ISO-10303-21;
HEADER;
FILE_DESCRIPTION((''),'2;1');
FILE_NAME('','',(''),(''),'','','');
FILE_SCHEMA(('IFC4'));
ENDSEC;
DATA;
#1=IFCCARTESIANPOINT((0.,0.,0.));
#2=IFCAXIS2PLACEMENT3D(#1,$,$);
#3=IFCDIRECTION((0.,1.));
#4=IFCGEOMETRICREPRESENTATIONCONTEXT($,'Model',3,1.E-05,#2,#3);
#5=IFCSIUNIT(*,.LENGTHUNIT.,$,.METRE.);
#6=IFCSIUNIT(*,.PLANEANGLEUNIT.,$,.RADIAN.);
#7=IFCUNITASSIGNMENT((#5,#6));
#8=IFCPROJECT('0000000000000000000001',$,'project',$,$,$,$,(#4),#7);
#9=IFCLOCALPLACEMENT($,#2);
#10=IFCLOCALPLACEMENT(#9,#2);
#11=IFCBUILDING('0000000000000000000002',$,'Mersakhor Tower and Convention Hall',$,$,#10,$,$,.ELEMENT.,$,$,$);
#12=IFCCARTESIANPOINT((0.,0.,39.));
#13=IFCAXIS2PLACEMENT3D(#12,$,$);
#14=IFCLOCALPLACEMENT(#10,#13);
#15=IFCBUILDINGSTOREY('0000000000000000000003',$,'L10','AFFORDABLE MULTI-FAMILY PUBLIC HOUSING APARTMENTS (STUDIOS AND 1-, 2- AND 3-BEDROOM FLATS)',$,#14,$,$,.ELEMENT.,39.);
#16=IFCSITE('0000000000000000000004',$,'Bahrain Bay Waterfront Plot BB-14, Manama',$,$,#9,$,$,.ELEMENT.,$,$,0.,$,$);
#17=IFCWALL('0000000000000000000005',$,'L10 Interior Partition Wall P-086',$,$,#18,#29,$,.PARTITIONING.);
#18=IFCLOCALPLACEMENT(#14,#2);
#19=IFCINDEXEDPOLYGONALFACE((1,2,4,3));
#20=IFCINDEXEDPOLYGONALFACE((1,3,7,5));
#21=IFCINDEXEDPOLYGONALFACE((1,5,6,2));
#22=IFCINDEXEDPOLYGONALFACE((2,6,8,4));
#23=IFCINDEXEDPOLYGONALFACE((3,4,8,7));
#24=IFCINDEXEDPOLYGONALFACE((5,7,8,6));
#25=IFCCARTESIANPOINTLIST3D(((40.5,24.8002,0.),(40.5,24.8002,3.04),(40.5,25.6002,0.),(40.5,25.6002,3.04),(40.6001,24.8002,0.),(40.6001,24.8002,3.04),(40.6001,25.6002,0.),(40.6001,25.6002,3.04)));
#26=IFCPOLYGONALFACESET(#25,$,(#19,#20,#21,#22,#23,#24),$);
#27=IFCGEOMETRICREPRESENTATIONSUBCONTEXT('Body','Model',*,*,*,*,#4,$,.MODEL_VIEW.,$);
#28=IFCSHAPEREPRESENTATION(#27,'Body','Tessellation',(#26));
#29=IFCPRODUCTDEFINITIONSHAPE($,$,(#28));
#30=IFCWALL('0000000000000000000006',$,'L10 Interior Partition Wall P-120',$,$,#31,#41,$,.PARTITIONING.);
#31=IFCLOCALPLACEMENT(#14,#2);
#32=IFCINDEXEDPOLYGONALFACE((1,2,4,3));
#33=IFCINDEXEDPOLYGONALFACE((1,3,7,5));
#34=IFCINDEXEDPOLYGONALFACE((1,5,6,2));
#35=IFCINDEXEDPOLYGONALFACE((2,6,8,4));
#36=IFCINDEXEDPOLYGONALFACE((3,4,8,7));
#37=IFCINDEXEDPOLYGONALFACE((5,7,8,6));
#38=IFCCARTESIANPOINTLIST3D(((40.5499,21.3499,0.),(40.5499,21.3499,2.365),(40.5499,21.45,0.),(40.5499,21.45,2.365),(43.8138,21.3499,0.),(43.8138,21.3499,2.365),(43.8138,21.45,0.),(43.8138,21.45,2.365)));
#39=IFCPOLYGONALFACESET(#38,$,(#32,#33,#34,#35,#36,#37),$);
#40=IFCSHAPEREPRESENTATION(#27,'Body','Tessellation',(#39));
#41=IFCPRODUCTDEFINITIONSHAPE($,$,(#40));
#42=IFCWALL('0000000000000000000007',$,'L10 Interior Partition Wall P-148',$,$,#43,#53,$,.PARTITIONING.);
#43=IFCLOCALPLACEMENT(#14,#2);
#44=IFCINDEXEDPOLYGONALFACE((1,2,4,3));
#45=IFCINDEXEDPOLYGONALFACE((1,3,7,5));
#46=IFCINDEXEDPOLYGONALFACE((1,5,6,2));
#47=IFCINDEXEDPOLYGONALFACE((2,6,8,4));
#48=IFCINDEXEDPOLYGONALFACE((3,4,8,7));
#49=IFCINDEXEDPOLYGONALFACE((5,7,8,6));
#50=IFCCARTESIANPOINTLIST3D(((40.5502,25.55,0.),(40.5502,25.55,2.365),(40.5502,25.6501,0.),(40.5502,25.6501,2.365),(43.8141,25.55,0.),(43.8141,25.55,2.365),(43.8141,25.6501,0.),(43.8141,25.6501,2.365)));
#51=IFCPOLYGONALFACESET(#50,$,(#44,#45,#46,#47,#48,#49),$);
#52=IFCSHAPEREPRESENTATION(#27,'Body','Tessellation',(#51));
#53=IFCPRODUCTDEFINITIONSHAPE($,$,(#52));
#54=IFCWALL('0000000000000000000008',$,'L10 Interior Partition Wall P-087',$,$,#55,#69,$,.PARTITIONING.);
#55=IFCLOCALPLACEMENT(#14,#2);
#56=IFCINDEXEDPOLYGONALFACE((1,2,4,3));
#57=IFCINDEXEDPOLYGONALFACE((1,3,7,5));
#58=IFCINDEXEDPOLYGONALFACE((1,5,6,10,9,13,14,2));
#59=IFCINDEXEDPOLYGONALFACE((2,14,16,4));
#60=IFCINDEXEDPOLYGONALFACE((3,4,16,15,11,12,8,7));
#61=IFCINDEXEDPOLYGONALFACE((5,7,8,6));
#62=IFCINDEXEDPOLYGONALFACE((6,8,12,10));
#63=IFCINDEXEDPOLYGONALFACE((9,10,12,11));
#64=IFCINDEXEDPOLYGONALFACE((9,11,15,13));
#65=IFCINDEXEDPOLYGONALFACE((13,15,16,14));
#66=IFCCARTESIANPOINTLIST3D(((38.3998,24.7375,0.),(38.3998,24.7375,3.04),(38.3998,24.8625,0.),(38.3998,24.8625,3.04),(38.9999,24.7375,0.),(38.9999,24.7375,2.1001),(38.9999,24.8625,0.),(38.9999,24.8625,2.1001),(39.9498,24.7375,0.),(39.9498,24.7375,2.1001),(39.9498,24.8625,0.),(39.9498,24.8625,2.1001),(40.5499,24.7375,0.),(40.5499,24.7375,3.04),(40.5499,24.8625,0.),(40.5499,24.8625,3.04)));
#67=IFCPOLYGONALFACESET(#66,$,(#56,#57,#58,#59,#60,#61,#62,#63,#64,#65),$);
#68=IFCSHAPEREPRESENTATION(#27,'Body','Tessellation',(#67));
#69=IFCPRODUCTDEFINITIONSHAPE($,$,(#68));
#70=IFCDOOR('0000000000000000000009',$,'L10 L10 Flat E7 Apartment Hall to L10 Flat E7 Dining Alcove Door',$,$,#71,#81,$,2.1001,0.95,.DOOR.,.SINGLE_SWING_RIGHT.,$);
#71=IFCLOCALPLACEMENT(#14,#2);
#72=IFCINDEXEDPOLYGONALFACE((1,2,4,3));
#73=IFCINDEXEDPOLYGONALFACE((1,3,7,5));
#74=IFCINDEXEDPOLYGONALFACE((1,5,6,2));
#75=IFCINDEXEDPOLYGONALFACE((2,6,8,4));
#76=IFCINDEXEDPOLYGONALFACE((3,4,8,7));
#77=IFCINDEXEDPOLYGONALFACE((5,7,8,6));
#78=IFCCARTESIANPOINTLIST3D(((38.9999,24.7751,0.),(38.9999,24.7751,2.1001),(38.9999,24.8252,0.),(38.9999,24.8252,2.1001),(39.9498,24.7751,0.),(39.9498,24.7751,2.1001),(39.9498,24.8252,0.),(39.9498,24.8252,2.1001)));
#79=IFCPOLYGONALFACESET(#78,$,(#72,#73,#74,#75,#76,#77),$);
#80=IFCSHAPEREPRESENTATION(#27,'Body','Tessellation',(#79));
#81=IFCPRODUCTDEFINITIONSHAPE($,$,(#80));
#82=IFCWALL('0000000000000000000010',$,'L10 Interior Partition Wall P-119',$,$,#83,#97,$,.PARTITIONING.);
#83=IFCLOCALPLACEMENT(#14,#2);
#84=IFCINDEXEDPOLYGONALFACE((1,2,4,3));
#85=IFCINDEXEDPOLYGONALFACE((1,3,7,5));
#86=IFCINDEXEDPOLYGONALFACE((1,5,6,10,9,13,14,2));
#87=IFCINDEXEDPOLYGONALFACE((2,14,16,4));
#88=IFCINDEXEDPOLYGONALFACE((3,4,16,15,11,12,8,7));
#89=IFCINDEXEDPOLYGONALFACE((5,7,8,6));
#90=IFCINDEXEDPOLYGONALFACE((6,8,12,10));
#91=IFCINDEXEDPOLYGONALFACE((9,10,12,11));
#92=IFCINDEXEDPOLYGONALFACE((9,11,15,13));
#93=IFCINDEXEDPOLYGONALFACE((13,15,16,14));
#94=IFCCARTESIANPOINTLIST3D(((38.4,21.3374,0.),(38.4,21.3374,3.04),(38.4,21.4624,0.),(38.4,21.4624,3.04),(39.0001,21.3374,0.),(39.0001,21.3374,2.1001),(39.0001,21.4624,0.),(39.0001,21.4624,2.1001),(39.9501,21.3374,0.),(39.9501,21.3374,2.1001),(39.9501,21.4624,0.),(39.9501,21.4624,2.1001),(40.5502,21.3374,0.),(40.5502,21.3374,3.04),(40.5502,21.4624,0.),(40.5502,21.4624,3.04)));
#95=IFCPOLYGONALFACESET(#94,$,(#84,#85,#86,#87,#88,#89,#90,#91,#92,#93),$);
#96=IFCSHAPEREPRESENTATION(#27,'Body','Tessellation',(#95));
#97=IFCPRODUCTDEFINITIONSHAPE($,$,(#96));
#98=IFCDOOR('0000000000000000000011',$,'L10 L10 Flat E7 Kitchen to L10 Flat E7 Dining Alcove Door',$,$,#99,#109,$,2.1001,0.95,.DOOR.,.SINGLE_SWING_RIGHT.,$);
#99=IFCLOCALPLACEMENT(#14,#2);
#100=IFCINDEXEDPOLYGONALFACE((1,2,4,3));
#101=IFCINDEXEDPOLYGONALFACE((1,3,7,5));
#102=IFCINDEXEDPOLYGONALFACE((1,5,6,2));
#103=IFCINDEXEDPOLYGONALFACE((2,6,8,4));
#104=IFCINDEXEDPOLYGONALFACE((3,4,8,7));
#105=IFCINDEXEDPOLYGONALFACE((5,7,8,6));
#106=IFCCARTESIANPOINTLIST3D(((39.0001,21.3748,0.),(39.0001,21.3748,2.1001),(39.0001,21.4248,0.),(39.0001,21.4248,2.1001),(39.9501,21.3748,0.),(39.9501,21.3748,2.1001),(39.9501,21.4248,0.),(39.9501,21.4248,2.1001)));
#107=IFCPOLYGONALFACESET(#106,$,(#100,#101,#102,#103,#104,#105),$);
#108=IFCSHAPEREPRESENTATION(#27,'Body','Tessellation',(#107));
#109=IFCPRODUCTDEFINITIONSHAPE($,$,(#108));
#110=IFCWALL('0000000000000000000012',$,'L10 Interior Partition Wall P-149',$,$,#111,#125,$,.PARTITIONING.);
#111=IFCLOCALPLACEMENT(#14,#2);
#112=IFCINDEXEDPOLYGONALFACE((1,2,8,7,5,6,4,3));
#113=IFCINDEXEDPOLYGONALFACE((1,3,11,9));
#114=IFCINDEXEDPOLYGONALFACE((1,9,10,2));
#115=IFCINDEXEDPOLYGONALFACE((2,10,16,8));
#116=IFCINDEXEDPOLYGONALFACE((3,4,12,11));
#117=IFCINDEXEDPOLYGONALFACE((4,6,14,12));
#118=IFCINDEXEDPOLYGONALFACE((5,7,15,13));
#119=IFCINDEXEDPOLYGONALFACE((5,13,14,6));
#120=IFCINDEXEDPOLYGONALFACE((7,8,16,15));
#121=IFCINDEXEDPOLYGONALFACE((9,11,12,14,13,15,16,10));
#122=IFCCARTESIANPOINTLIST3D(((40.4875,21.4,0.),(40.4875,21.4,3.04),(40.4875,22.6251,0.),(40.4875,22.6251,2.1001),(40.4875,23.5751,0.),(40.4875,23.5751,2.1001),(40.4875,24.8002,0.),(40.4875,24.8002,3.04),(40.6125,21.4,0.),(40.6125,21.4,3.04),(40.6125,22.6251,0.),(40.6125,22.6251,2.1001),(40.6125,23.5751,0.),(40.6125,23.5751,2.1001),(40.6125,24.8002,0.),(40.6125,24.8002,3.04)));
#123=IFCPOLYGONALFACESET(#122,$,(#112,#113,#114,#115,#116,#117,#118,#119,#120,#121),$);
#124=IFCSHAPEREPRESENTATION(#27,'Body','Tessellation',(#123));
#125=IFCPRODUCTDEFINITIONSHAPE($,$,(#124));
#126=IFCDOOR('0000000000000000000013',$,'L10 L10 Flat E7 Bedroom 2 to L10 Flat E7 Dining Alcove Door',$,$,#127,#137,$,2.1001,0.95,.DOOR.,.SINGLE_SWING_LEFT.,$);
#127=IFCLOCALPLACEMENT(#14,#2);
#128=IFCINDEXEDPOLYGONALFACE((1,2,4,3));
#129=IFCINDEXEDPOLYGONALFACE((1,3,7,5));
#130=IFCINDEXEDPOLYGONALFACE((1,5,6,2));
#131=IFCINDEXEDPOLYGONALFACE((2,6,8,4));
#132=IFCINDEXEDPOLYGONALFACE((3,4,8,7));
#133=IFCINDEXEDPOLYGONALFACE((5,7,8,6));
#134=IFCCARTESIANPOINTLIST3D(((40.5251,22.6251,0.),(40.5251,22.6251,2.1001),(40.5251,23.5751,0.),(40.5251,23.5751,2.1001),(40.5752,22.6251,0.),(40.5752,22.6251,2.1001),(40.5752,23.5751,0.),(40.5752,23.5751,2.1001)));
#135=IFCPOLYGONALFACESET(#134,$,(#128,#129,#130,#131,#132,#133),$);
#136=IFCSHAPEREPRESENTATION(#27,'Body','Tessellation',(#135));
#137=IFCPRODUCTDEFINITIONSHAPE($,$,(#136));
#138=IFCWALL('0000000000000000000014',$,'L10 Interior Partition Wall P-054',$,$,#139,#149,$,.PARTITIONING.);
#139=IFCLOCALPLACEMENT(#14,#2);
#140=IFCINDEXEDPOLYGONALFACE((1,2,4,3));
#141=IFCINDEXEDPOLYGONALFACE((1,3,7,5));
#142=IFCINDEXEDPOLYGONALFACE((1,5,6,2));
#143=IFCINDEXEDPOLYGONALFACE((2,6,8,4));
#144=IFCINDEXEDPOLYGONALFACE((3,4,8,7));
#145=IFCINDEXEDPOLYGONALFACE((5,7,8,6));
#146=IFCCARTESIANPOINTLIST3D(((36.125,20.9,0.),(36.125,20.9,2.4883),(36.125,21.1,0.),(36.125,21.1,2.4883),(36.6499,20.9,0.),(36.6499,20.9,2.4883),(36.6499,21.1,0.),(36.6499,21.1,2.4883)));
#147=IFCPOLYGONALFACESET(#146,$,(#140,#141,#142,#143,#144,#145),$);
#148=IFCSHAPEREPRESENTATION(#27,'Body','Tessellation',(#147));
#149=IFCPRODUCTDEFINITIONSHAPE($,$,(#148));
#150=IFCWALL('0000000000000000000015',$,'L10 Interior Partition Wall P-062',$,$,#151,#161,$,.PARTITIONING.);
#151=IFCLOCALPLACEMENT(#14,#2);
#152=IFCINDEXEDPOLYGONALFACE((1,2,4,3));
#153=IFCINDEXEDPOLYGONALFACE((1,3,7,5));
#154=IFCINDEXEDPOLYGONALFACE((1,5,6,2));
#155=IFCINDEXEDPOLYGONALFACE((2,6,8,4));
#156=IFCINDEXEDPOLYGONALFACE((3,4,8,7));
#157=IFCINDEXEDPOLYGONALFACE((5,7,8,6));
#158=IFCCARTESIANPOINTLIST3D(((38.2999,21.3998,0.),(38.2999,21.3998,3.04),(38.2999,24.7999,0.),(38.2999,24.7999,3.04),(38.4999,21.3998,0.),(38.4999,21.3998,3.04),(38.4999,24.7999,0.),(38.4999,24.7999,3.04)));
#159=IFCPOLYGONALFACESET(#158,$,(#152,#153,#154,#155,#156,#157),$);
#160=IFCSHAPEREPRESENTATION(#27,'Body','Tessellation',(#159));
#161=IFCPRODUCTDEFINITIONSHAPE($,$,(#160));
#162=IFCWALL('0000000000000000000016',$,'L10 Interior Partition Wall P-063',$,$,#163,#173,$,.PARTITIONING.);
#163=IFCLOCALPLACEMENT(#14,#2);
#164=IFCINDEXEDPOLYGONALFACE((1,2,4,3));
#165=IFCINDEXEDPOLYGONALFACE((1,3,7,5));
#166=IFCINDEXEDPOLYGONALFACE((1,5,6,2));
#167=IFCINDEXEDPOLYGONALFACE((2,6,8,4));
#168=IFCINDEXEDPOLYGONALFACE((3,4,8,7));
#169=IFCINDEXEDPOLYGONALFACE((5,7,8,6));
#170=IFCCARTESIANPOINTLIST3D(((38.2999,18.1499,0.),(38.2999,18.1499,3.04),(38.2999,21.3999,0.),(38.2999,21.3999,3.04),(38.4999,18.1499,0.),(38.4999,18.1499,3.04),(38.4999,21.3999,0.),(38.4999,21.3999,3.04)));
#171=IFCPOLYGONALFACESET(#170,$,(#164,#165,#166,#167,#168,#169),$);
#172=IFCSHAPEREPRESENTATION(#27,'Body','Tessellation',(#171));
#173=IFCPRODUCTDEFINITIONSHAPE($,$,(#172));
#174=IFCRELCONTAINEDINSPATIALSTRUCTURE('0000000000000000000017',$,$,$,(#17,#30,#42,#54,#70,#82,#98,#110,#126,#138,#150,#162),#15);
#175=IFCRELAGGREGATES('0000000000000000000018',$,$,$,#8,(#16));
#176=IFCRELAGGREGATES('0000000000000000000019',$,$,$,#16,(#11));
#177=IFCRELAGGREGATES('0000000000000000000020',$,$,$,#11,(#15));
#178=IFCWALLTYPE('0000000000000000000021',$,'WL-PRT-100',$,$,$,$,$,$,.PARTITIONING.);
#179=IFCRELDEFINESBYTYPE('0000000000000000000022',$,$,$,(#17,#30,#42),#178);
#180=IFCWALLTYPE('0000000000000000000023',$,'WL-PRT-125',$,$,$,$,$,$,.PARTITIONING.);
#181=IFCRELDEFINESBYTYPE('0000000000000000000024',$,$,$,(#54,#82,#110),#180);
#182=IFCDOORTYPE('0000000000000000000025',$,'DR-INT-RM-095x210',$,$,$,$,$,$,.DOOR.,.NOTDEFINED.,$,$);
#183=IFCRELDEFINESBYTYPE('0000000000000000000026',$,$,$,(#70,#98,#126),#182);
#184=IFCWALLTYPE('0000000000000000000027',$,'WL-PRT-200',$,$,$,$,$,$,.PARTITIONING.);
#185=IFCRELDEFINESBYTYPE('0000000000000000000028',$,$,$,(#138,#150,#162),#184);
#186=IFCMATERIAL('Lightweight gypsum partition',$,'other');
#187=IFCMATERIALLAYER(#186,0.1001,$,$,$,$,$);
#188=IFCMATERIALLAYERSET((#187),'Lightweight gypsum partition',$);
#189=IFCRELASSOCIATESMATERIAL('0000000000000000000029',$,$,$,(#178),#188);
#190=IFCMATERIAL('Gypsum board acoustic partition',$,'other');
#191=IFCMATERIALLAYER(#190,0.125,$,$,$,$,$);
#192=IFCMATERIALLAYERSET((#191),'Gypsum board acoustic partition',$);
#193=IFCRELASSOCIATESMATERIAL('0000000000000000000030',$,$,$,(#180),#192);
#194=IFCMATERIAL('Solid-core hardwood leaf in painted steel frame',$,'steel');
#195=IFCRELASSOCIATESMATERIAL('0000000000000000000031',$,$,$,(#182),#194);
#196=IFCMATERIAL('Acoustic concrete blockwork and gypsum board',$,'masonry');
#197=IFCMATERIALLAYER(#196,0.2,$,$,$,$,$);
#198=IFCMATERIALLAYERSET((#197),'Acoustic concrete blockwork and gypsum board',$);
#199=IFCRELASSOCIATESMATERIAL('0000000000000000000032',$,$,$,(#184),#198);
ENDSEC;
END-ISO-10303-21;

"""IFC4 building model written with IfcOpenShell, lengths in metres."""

from ifc_helpers import new_model, si_unit, direction, frame, frame_2d, origin, place, context, subcontext, project, spatial, rectangle, extrude, material, layer, layer_set, type_object, element, fill, save


model = new_model("IFC4")

# Units and contexts
model_context = context("Model", 3, precision=1e-05, world=origin(), true_north=direction((0.0, 1.0)))
body_context = subcontext(model_context, "Body", "Model", "MODEL_VIEW")
ifc_project = project(units=[si_unit("LENGTHUNIT", "METRE"), si_unit("PLANEANGLEUNIT", "RADIAN")], contexts=[model_context])

# Site, building, storey
site_placement = place(None, origin())
site = spatial("IfcSite", under=ifc_project, at=site_placement, Name="Bahrain Bay Waterfront Plot BB-14, Manama", CompositionType="ELEMENT", RefElevation=0.0)
building_placement = place(site_placement, origin())
building = spatial("IfcBuilding", under=site, at=building_placement, Name="Mersakhor Tower and Convention Hall", CompositionType="ELEMENT")
storey_placement = place(building_placement, frame((0.0, 0.0, 39.0)))
storey = spatial("IfcBuildingStorey", under=building, at=storey_placement, Name="L10", Description="AFFORDABLE MULTI-FAMILY PUBLIC HOUSING APARTMENTS (STUDIOS AND 1-, 2- AND 3-BEDROOM FLATS)", CompositionType="ELEMENT", Elevation=39.0)

# Walls
ifc_material_1 = material(Name="Lightweight gypsum partition", Category="other")
ifc_layer_1 = layer(ifc_material_1, 0.1001)
ifc_layer_set_1 = layer_set([ifc_layer_1], Name="Lightweight gypsum partition")
wall_type_1 = type_object("IfcWallType", Name="WL-PRT-100", PredefinedType="PARTITIONING", material=ifc_layer_set_1)
wall_1_placement = place(storey_placement, frame((40.55, 25.6001, 0.0), z_axis=(0.0, 0.0, 1.0), x_axis=(0.0, -1.0, 0.0)))
element("IfcWall", 1, at=wall_1_placement, inside=storey, type_object=wall_type_1, Name="L10 Interior Partition Wall P-086", PredefinedType="PARTITIONING", context=body_context, shape_type="SweptSolid", body=[
    extrude(rectangle(XDim=0.8, YDim=0.1001, at=frame_2d((0.3999, 0.0))), origin(), (0.0, 0.0, 1.0), 3.04),
])
for number, where, z_axis, x_axis, name in (
    (2, (40.55, 21.3999, 0.0), (0.0, 0.0, 1.0), (1.0, 0.0, 0.0), "L10 Interior Partition Wall P-120"),
    (3, (43.814, 25.6001, 0.0), (0.0, 0.0, 1.0), (-1.0, 0.0, 0.0), "L10 Interior Partition Wall P-148"),
):
    element("IfcWall", number, at=place(storey_placement, frame(where, z_axis=z_axis, x_axis=x_axis)), inside=storey, type_object=wall_type_1, Name=name, PredefinedType="PARTITIONING", context=body_context, shape_type="SweptSolid", body=[
        extrude(rectangle(XDim=3.2639, YDim=0.1001, at=frame_2d((1.6318, 0.0))), origin(), (0.0, 0.0, 1.0), 2.365),
    ])

# Walls, openings, doors
ifc_material_2 = material(Name="Gypsum board acoustic partition", Category="other")
ifc_layer_2 = layer(ifc_material_2, 0.125)
ifc_layer_set_2 = layer_set([ifc_layer_2], Name="Gypsum board acoustic partition")
wall_type_2 = type_object("IfcWallType", Name="WL-PRT-125", PredefinedType="PARTITIONING", material=ifc_layer_set_2)
wall_2_placement = place(storey_placement, frame((40.55, 24.8, 0.0), z_axis=(0.0, 0.0, 1.0), x_axis=(-1.0, 0.0, 0.0)))
wall_2 = element("IfcWall", 4, at=wall_2_placement, inside=storey, type_object=wall_type_2, Name="L10 Interior Partition Wall P-087", PredefinedType="PARTITIONING", context=body_context, shape_type="SweptSolid", body=[
    extrude(rectangle(XDim=2.1501, YDim=0.125, at=frame_2d((1.0752, 0.0))), origin(), (0.0, 0.0, 1.0), 3.04),
])
opening_1_placement = place(wall_2_placement, frame((0.6001, 0.0, 0.0)))
opening_1 = element("IfcOpeningElement", 5, at=opening_1_placement, cuts=wall_2, PredefinedType="OPENING", context=body_context, shape_type="SweptSolid", body=[
    extrude(rectangle(XDim=0.95, YDim=2.1001, at=frame_2d((0.4751, 1.05))), frame((0.0, 0.0725, 0.0), z_axis=(0.0, -1.0, 0.0), x_axis=(1.0, 0.0, 0.0)), (0.0, 0.0, 1.0), 0.145),
])
ifc_material_3 = material(Name="Solid-core hardwood leaf in painted steel frame", Category="steel")
door_type = type_object("IfcDoorType", Name="DR-INT-RM-095x210", OperationType="NOTDEFINED", PredefinedType="DOOR", material=ifc_material_3)
door_1_placement = place(opening_1_placement, origin())
door_1 = element("IfcDoor", 6, at=door_1_placement, inside=storey, type_object=door_type, Name="L10 L10 Flat E7 Apartment Hall to L10 Flat E7 Dining Alcove Door", OperationType="SINGLE_SWING_RIGHT", OverallHeight=2.1001, OverallWidth=0.95, PredefinedType="DOOR", context=body_context, shape_type="SweptSolid", body=[
    extrude(rectangle(XDim=0.95, YDim=2.1001, at=frame_2d((0.4751, 1.05))), frame((0.0, 0.0249, 0.0), z_axis=(0.0, -1.0, 0.0), x_axis=(1.0, 0.0, 0.0)), (0.0, 0.0, 1.0), 0.05),
])
fill(opening_1, door_1)
wall_3_placement = place(storey_placement, frame((38.3999, 21.3999, 0.0), z_axis=(0.0, 0.0, 1.0), x_axis=(1.0, 0.0, 0.0)))
wall_3 = element("IfcWall", 7, at=wall_3_placement, inside=storey, type_object=wall_type_2, Name="L10 Interior Partition Wall P-119", PredefinedType="PARTITIONING", context=body_context, shape_type="SweptSolid", body=[
    extrude(rectangle(XDim=2.1501, YDim=0.125, at=frame_2d((1.0752, 0.0))), origin(), (0.0, 0.0, 1.0), 3.04),
])
opening_2_placement = place(wall_3_placement, frame((0.6001, 0.0, 0.0)))
opening_2 = element("IfcOpeningElement", 8, at=opening_2_placement, cuts=wall_3, PredefinedType="OPENING", context=body_context, shape_type="SweptSolid", body=[
    extrude(rectangle(XDim=0.95, YDim=2.1001, at=frame_2d((0.4751, 1.05))), frame((0.0, 0.0725, 0.0), z_axis=(0.0, -1.0, 0.0), x_axis=(1.0, 0.0, 0.0)), (0.0, 0.0, 1.0), 0.145),
])
door_2_placement = place(opening_2_placement, origin())
door_2 = element("IfcDoor", 9, at=door_2_placement, inside=storey, type_object=door_type, Name="L10 L10 Flat E7 Kitchen to L10 Flat E7 Dining Alcove Door", OperationType="SINGLE_SWING_RIGHT", OverallHeight=2.1001, OverallWidth=0.95, PredefinedType="DOOR", context=body_context, shape_type="SweptSolid", body=[
    extrude(rectangle(XDim=0.95, YDim=2.1001, at=frame_2d((0.4751, 1.05))), frame((0.0, 0.0249, 0.0), z_axis=(0.0, -1.0, 0.0), x_axis=(1.0, 0.0, 0.0)), (0.0, 0.0, 1.0), 0.05),
])
fill(opening_2, door_2)
wall_4_placement = place(storey_placement, frame((40.55, 21.3999, 0.0), z_axis=(0.0, 0.0, 1.0), x_axis=(0.0, 1.0, 0.0)))
wall_4 = element("IfcWall", 10, at=wall_4_placement, inside=storey, type_object=wall_type_2, Name="L10 Interior Partition Wall P-149", PredefinedType="PARTITIONING", context=body_context, shape_type="SweptSolid", body=[
    extrude(rectangle(XDim=3.4001, YDim=0.125, at=frame_2d((1.7002, 0.0))), origin(), (0.0, 0.0, 1.0), 3.04),
])
opening_3_placement = place(wall_4_placement, frame((1.2251, 0.0, 0.0)))
opening_3 = element("IfcOpeningElement", 11, at=opening_3_placement, cuts=wall_4, PredefinedType="OPENING", context=body_context, shape_type="SweptSolid", body=[
    extrude(rectangle(XDim=0.95, YDim=2.1001, at=frame_2d((0.4751, 1.05))), frame((0.0, 0.0725, 0.0), z_axis=(0.0, -1.0, 0.0), x_axis=(1.0, 0.0, 0.0)), (0.0, 0.0, 1.0), 0.145),
])
door_3_placement = place(opening_3_placement, origin())
door_3 = element("IfcDoor", 12, at=door_3_placement, inside=storey, type_object=door_type, Name="L10 L10 Flat E7 Bedroom 2 to L10 Flat E7 Dining Alcove Door", OperationType="SINGLE_SWING_LEFT", OverallHeight=2.1001, OverallWidth=0.95, PredefinedType="DOOR", context=body_context, shape_type="SweptSolid", body=[
    extrude(rectangle(XDim=0.95, YDim=2.1001, at=frame_2d((0.4751, 1.05))), frame((0.0, 0.0249, 0.0), z_axis=(0.0, -1.0, 0.0), x_axis=(1.0, 0.0, 0.0)), (0.0, 0.0, 1.0), 0.05),
])
fill(opening_3, door_3)

# Walls
ifc_material_4 = material(Name="Acoustic concrete blockwork and gypsum board", Category="masonry")
ifc_layer_3 = layer(ifc_material_4, 0.2)
ifc_layer_set_3 = layer_set([ifc_layer_3], Name="Acoustic concrete blockwork and gypsum board")
wall_type_3 = type_object("IfcWallType", Name="WL-PRT-200", PredefinedType="PARTITIONING", material=ifc_layer_set_3)
wall_5_placement = place(storey_placement, frame((36.6499, 21.0, 0.0), z_axis=(0.0, 0.0, 1.0), x_axis=(-1.0, 0.0, 0.0)))
element("IfcWall", 13, at=wall_5_placement, inside=storey, type_object=wall_type_3, Name="L10 Interior Partition Wall P-054", PredefinedType="PARTITIONING", context=body_context, shape_type="SweptSolid", body=[
    extrude(rectangle(XDim=0.5249, YDim=0.2, at=frame_2d((0.2625, 0.0))), origin(), (0.0, 0.0, 1.0), 2.4883),
])
wall_6_placement = place(storey_placement, frame((38.3999, 24.8, 0.0), z_axis=(0.0, 0.0, 1.0), x_axis=(0.0, -1.0, 0.0)))
element("IfcWall", 14, at=wall_6_placement, inside=storey, type_object=wall_type_3, Name="L10 Interior Partition Wall P-062", PredefinedType="PARTITIONING", context=body_context, shape_type="SweptSolid", body=[
    extrude(rectangle(XDim=3.4001, YDim=0.2, at=frame_2d((1.7002, 0.0))), origin(), (0.0, 0.0, 1.0), 3.04),
])
wall_7_placement = place(storey_placement, frame((38.3999, 21.3999, 0.0), z_axis=(0.0, 0.0, 1.0), x_axis=(0.0, -1.0, 0.0)))
element("IfcWall", 15, at=wall_7_placement, inside=storey, type_object=wall_type_3, Name="L10 Interior Partition Wall P-063", PredefinedType="PARTITIONING", context=body_context, shape_type="SweptSolid", body=[
    extrude(rectangle(XDim=3.25, YDim=0.2, at=frame_2d((1.625, 0.0))), origin(), (0.0, 0.0, 1.0), 3.04),
])

save(model, "model.ifc")
